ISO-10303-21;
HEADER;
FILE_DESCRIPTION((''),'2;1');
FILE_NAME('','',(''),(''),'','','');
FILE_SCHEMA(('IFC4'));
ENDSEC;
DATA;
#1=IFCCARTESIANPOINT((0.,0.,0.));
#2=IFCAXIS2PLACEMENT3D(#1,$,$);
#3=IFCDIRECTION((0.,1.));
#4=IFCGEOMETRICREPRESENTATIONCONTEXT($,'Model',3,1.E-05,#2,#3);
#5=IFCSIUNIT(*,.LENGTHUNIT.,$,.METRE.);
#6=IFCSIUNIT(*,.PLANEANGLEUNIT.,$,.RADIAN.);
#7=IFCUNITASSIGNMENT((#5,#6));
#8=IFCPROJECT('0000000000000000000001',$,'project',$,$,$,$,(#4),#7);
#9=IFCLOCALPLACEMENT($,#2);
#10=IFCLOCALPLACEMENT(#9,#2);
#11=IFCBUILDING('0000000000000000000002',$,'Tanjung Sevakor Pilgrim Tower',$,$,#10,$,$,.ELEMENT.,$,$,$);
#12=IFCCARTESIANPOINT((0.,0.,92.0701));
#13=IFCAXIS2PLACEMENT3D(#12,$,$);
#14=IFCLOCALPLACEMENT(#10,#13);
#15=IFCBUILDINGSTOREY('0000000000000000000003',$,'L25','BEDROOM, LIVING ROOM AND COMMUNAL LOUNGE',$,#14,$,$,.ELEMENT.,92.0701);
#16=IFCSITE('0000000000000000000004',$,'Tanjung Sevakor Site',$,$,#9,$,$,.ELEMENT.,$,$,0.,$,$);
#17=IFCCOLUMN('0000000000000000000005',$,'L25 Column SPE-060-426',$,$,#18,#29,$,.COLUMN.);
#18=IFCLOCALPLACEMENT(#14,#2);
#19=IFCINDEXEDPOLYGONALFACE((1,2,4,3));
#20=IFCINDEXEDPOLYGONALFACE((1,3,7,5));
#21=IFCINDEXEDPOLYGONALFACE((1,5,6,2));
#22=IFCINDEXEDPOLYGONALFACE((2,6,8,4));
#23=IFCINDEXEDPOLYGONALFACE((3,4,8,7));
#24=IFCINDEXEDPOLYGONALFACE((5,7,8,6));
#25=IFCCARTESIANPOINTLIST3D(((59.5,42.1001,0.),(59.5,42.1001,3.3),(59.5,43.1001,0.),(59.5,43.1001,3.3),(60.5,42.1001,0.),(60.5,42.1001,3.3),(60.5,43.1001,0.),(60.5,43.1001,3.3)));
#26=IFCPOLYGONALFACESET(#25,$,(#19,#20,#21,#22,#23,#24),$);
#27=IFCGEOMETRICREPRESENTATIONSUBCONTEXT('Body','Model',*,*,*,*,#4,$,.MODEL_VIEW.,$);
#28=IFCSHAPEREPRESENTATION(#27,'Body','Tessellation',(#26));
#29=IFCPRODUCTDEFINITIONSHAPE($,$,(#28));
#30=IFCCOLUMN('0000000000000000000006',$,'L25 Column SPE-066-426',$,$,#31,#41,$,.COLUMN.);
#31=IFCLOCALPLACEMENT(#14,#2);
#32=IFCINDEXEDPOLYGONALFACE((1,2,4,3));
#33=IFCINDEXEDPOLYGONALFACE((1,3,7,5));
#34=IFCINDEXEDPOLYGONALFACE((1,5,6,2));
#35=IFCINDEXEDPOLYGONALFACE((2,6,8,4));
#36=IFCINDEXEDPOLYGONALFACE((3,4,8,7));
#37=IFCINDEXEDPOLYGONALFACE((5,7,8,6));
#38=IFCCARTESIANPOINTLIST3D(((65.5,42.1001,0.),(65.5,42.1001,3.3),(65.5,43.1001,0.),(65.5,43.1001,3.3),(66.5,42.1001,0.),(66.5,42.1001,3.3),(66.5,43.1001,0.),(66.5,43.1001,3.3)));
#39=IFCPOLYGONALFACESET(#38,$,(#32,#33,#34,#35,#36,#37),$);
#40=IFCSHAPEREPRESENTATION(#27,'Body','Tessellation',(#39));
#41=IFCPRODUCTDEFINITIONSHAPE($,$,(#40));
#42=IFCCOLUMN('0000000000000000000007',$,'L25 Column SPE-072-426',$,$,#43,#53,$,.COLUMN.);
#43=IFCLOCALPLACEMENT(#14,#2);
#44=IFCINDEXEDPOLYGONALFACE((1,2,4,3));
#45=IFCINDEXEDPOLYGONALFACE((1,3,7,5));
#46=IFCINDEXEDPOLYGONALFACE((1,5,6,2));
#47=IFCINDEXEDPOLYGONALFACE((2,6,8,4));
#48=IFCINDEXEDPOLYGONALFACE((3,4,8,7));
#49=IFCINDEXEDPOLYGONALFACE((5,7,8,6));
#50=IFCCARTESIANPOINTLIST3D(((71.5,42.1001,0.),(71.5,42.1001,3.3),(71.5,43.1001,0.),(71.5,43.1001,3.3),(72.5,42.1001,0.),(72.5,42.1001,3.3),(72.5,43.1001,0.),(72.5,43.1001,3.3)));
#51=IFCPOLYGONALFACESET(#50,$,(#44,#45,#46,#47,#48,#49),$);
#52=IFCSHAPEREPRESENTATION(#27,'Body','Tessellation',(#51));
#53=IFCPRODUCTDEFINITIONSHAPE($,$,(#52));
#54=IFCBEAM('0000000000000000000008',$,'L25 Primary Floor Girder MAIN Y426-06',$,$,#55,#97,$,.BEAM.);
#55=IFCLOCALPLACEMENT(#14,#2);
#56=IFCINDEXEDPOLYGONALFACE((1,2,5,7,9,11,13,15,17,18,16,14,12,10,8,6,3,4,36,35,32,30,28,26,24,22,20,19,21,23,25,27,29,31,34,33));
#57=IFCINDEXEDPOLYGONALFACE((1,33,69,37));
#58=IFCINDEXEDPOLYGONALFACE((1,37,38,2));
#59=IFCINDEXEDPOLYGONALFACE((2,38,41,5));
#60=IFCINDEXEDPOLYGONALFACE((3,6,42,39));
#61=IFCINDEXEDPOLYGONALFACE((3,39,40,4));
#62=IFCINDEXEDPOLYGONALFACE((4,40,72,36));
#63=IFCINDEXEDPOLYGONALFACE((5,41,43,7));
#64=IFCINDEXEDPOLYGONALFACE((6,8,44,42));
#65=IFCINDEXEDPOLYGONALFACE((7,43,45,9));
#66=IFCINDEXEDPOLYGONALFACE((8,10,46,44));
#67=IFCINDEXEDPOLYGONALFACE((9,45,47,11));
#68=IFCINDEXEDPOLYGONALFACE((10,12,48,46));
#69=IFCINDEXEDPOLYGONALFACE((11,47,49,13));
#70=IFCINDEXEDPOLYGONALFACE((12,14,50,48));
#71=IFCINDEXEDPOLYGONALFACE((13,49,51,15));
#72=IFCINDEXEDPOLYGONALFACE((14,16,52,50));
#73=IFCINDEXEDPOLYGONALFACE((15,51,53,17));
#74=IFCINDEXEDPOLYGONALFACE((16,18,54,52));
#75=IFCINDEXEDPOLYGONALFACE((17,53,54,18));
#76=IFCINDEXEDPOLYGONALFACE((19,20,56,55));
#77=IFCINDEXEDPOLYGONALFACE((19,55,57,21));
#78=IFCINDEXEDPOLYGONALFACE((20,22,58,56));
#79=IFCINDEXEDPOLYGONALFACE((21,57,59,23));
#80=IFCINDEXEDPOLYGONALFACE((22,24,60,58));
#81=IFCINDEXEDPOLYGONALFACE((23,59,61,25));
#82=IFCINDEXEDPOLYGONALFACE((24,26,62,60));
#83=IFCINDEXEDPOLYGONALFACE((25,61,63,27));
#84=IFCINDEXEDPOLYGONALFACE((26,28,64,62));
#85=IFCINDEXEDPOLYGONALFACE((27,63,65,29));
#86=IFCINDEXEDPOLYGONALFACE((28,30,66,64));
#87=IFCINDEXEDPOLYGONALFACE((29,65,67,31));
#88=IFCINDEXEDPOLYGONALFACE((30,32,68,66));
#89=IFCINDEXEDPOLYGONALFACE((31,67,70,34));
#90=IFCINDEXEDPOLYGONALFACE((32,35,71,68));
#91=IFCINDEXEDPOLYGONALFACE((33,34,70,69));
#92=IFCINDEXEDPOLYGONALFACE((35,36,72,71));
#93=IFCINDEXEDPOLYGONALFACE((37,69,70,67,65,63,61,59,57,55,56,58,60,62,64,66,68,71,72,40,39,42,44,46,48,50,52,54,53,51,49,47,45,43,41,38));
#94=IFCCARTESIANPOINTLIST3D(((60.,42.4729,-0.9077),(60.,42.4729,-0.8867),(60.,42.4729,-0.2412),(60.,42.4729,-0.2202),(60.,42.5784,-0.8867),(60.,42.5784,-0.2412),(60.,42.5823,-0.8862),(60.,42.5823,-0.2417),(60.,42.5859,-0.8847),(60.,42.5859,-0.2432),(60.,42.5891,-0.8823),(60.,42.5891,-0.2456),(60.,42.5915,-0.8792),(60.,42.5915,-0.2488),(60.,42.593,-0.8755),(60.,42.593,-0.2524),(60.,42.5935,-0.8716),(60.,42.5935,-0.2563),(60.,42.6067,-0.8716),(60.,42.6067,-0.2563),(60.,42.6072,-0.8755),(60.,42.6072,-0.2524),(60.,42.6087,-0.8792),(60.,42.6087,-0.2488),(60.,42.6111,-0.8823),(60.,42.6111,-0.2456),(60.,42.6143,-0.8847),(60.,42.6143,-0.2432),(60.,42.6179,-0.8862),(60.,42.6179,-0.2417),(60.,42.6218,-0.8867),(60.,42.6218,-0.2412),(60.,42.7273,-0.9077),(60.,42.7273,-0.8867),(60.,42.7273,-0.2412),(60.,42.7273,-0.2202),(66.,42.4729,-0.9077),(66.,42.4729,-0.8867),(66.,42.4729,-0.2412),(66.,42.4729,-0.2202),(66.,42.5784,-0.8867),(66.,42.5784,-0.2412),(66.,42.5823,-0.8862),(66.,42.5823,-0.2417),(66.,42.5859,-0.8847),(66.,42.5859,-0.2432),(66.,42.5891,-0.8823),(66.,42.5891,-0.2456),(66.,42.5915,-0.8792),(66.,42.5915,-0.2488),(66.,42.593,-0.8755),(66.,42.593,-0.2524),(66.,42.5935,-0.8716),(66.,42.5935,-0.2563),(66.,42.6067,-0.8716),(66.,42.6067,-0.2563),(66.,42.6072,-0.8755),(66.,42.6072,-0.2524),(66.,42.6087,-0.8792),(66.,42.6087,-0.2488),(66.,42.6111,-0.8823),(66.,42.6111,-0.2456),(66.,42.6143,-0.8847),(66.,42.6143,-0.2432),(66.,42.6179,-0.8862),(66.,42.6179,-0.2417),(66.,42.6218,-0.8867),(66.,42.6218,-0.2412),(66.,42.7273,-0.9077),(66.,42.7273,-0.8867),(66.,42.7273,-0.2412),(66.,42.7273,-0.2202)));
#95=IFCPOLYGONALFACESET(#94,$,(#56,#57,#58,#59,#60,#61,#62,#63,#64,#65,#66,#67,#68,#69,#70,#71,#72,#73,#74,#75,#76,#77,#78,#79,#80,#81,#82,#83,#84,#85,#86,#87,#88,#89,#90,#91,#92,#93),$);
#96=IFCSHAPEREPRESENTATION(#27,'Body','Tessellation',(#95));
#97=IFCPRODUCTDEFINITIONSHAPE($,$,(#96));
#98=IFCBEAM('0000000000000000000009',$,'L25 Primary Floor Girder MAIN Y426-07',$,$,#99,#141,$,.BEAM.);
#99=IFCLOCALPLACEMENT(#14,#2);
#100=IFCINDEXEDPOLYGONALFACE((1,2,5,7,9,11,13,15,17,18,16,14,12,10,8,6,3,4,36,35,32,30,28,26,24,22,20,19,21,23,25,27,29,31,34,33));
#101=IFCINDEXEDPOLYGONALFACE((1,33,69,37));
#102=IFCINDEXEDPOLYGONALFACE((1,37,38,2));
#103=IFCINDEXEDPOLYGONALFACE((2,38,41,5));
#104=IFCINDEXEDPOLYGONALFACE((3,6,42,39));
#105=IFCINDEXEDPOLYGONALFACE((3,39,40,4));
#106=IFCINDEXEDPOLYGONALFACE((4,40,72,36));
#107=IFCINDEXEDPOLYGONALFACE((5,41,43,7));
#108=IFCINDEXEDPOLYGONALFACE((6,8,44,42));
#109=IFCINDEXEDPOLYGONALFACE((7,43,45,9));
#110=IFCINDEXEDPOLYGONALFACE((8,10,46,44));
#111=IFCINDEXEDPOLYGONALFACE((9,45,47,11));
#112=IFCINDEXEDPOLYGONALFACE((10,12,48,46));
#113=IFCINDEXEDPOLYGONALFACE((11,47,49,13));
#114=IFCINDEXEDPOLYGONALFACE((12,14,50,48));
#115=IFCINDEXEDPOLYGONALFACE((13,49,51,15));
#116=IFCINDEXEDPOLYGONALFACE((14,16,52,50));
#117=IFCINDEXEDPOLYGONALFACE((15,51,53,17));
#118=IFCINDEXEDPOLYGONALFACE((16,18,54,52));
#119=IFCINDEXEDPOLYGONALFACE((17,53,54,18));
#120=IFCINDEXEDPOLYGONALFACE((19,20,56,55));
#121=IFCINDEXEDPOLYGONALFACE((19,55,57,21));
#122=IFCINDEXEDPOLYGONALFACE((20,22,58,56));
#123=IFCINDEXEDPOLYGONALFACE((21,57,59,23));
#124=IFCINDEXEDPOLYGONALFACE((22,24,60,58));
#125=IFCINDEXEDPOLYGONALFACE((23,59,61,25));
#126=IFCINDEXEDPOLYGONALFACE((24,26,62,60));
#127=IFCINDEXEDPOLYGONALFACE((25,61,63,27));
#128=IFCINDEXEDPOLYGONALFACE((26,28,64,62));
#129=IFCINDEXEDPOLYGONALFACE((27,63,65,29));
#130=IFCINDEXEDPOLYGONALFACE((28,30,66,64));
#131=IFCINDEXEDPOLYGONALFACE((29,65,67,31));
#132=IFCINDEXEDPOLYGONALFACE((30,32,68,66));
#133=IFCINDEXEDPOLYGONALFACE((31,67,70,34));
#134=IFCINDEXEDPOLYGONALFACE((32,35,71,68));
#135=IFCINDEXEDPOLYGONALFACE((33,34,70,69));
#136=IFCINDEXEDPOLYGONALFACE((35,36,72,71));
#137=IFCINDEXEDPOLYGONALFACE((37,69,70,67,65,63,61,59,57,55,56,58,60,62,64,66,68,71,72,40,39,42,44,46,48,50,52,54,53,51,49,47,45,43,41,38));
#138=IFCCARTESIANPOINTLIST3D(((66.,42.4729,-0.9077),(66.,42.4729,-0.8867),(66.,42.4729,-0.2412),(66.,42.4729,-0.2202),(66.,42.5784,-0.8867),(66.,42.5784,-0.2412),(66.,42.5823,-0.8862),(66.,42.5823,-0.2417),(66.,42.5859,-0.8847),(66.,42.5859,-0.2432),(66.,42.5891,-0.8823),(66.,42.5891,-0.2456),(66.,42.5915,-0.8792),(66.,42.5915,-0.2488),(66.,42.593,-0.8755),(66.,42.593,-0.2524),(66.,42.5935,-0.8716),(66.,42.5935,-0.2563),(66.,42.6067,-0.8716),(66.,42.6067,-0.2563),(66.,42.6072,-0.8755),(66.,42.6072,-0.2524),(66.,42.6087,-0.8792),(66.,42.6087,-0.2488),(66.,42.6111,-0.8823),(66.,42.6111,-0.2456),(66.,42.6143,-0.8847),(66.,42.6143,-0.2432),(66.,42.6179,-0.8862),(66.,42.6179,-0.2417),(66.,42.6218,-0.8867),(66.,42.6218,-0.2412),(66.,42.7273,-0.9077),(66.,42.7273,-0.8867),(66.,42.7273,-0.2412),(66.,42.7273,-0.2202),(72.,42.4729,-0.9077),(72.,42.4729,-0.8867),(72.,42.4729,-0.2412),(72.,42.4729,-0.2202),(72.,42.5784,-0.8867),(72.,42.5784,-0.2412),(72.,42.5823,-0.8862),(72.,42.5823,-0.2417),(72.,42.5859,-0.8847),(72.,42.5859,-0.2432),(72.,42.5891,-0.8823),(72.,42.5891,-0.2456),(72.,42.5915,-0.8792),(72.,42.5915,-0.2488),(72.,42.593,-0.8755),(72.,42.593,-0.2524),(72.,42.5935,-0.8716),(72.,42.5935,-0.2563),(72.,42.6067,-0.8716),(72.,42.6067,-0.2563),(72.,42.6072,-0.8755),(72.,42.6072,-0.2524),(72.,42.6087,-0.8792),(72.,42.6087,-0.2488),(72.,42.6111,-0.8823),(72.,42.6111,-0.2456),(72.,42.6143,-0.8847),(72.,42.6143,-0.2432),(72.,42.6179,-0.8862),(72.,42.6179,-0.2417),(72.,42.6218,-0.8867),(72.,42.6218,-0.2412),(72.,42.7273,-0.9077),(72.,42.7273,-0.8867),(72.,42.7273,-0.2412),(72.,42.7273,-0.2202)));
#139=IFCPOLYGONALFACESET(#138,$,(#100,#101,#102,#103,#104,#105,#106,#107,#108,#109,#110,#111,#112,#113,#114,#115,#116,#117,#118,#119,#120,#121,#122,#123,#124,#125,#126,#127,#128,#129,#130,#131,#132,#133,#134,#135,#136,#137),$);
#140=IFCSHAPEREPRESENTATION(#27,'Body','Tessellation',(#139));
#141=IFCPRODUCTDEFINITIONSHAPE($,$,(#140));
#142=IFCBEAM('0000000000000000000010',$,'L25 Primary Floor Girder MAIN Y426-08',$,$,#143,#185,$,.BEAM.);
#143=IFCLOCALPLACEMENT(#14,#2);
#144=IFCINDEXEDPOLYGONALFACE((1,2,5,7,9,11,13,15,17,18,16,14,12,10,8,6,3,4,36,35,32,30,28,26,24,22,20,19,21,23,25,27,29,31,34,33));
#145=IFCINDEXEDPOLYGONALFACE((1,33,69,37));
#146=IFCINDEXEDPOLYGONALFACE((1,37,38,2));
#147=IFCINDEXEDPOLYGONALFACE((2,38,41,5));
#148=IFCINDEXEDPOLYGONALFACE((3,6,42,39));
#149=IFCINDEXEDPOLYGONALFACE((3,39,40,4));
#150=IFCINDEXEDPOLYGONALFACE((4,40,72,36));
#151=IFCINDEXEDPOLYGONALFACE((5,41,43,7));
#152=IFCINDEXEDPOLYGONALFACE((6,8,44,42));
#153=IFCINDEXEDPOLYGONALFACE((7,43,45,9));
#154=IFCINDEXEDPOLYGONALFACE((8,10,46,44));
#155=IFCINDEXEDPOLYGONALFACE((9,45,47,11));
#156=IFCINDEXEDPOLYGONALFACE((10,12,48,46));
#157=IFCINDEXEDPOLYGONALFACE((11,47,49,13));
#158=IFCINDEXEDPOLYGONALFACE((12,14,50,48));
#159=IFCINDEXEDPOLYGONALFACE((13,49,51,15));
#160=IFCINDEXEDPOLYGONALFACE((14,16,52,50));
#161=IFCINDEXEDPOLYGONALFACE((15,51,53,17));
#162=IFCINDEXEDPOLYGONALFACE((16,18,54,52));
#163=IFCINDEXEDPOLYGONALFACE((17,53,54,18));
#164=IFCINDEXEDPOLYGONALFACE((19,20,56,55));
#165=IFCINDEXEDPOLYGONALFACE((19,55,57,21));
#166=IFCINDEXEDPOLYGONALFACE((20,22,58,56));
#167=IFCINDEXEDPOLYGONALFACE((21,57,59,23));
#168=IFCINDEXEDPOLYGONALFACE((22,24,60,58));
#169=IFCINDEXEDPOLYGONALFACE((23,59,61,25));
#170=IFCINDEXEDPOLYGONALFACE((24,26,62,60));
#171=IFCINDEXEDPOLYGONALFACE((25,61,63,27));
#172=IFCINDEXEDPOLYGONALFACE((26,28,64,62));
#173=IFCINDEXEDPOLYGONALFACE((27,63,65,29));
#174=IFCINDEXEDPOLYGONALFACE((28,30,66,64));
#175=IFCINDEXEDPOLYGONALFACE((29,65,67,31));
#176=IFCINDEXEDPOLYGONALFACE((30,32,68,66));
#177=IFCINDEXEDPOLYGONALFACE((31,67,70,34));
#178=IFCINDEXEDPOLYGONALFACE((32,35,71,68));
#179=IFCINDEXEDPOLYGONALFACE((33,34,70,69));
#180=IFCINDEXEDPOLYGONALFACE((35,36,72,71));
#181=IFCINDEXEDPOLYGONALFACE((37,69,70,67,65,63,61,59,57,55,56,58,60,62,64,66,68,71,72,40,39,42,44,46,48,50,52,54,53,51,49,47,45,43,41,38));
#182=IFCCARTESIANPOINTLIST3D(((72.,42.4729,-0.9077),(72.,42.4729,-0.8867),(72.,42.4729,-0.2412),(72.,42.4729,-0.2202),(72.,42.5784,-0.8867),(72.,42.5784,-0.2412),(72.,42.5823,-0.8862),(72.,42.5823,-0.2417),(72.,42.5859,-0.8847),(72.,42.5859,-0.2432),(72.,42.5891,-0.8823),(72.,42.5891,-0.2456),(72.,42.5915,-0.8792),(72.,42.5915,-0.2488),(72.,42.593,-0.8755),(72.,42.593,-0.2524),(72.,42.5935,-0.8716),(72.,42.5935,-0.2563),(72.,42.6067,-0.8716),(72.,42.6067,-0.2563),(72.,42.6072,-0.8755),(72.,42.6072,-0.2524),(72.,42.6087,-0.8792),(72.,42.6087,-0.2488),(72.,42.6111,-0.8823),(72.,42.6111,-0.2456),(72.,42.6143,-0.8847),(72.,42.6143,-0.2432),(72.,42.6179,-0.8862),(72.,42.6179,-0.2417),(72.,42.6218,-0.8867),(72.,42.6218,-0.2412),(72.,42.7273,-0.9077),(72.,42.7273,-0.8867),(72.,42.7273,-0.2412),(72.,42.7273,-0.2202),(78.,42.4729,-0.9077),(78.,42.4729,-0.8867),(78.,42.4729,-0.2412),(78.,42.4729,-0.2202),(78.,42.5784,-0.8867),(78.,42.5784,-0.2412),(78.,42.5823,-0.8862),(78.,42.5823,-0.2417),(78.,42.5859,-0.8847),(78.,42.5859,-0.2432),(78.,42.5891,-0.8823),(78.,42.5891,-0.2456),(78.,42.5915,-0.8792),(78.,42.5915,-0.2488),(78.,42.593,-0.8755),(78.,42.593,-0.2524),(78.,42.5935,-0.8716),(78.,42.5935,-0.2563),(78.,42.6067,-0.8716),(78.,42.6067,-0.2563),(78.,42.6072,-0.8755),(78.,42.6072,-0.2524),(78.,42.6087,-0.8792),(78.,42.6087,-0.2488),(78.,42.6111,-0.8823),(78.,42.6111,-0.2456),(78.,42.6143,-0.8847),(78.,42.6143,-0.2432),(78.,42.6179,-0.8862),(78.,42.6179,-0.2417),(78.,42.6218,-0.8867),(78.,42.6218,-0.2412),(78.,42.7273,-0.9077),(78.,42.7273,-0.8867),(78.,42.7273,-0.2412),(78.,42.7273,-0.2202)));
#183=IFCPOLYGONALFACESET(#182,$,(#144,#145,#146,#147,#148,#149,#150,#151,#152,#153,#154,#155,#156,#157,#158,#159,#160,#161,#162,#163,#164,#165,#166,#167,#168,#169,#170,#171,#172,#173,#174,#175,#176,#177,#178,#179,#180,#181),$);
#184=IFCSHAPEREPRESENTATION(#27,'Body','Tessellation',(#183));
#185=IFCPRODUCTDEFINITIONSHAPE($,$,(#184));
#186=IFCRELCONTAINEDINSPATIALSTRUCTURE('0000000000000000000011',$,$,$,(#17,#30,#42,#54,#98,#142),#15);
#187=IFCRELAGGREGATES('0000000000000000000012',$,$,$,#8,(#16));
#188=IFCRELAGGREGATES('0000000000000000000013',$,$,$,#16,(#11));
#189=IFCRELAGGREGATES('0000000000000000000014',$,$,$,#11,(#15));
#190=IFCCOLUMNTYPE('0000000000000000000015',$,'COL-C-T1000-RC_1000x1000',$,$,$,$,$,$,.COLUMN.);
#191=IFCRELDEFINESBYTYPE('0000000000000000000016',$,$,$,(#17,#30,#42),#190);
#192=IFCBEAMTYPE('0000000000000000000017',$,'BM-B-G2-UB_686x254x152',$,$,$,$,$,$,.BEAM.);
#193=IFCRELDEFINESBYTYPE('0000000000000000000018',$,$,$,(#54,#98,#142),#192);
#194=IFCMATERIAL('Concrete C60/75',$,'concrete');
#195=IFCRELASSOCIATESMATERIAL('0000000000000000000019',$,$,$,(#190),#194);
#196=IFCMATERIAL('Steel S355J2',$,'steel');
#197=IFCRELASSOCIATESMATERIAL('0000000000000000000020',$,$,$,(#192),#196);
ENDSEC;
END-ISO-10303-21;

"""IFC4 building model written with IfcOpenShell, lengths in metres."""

from ifc_helpers import new_model, si_unit, direction, frame, origin, origin_2d, place, context, subcontext, project, spatial, rectangle, i_section, extrude, material, material_profile, profile_set, type_object, element, save


model = new_model("IFC4")

# Units and contexts
model_context = context("Model", 3, precision=1e-05, world=origin(), true_north=direction((0.0, 1.0)))
body_context = subcontext(model_context, "Body", "Model", "MODEL_VIEW")
ifc_project = project(units=[si_unit("LENGTHUNIT", "METRE"), si_unit("PLANEANGLEUNIT", "RADIAN")], contexts=[model_context])

# Site, building, storey
site_placement = place(None, origin())
site = spatial("IfcSite", under=ifc_project, at=site_placement, Name="Tanjung Sevakor Site", CompositionType="ELEMENT", RefElevation=0.0)
building_placement = place(site_placement, origin())
building = spatial("IfcBuilding", under=site, at=building_placement, Name="Tanjung Sevakor Pilgrim Tower", CompositionType="ELEMENT")
storey_placement = place(building_placement, frame((0.0, 0.0, 92.0701)))
storey = spatial("IfcBuildingStorey", under=building, at=storey_placement, Name="L25", Description="BEDROOM, LIVING ROOM AND COMMUNAL LOUNGE", CompositionType="ELEMENT", Elevation=92.0701)

# Columns
ifc_material_1 = material(Name="Concrete C60/75", Category="concrete")
ifc_material_profile_1 = material_profile(ifc_material_1, rectangle(XDim=1.0, YDim=1.0, at=origin_2d()))
ifc_profile_set_1 = profile_set([ifc_material_profile_1], Name="Concrete C60/75")
column_type = type_object("IfcColumnType", Name="COL-C-T1000-RC_1000x1000", PredefinedType="COLUMN", material=ifc_profile_set_1)
for number, where, z_axis, x_axis, name in (
    (1, (60.0, 42.6001, 0.0), (0.0, 0.0, 1.0), (1.0, 0.0, 0.0), "L25 Column SPE-060-426"),
    (2, (66.0, 42.6001, 0.0), (0.0, 0.0, 1.0), (1.0, 0.0, 0.0), "L25 Column SPE-066-426"),
    (3, (72.0, 42.6001, 0.0), (0.0, 0.0, 1.0), (1.0, 0.0, 0.0), "L25 Column SPE-072-426"),
):
    element("IfcColumn", number, at=place(storey_placement, frame(where, z_axis=z_axis, x_axis=x_axis)), inside=storey, type_object=column_type, Name=name, PredefinedType="COLUMN", context=body_context, shape_type="SweptSolid", body=[
        extrude(rectangle(XDim=1.0, YDim=1.0, at=origin_2d()), origin(), (0.0, 0.0, 1.0), 3.3),
    ])

# Beams
ifc_material_2 = material(Name="Steel S355J2", Category="steel")
ifc_material_profile_2 = material_profile(ifc_material_2, i_section(OverallWidth=0.2544, OverallDepth=0.6875, WebThickness=0.0132, FlangeThickness=0.021, FilletRadius=0.0151, at=origin_2d()))
ifc_profile_set_2 = profile_set([ifc_material_profile_2], Name="Steel S355J2")
beam_type_1 = type_object("IfcBeamType", Name="BM-B-G2-UB_686x254x152", PredefinedType="BEAM", material=ifc_profile_set_2)
for number, where, z_axis, x_axis, name in (
    (4, (60.0, 42.6001, -0.564), (1.0, 0.0, 0.0), (0.0, 1.0, 0.0), "L25 Primary Floor Girder MAIN Y426-06"),
    (5, (66.0, 42.6001, -0.564), (1.0, 0.0, 0.0), (0.0, 1.0, 0.0), "L25 Primary Floor Girder MAIN Y426-07"),
    (6, (72.0, 42.6001, -0.564), (1.0, 0.0, 0.0), (0.0, 1.0, 0.0), "L25 Primary Floor Girder MAIN Y426-08"),
):
    element("IfcBeam", number, at=place(storey_placement, frame(where, z_axis=z_axis, x_axis=x_axis)), inside=storey, type_object=beam_type_1, Name=name, PredefinedType="BEAM", context=body_context, shape_type="SweptSolid", body=[
        extrude(i_section(OverallWidth=0.2544, OverallDepth=0.6875, WebThickness=0.0132, FlangeThickness=0.021, FilletRadius=0.0151, at=origin_2d()), origin(), (0.0, 0.0, 1.0), 6.0),
    ])

save(model, "model.ifc")
